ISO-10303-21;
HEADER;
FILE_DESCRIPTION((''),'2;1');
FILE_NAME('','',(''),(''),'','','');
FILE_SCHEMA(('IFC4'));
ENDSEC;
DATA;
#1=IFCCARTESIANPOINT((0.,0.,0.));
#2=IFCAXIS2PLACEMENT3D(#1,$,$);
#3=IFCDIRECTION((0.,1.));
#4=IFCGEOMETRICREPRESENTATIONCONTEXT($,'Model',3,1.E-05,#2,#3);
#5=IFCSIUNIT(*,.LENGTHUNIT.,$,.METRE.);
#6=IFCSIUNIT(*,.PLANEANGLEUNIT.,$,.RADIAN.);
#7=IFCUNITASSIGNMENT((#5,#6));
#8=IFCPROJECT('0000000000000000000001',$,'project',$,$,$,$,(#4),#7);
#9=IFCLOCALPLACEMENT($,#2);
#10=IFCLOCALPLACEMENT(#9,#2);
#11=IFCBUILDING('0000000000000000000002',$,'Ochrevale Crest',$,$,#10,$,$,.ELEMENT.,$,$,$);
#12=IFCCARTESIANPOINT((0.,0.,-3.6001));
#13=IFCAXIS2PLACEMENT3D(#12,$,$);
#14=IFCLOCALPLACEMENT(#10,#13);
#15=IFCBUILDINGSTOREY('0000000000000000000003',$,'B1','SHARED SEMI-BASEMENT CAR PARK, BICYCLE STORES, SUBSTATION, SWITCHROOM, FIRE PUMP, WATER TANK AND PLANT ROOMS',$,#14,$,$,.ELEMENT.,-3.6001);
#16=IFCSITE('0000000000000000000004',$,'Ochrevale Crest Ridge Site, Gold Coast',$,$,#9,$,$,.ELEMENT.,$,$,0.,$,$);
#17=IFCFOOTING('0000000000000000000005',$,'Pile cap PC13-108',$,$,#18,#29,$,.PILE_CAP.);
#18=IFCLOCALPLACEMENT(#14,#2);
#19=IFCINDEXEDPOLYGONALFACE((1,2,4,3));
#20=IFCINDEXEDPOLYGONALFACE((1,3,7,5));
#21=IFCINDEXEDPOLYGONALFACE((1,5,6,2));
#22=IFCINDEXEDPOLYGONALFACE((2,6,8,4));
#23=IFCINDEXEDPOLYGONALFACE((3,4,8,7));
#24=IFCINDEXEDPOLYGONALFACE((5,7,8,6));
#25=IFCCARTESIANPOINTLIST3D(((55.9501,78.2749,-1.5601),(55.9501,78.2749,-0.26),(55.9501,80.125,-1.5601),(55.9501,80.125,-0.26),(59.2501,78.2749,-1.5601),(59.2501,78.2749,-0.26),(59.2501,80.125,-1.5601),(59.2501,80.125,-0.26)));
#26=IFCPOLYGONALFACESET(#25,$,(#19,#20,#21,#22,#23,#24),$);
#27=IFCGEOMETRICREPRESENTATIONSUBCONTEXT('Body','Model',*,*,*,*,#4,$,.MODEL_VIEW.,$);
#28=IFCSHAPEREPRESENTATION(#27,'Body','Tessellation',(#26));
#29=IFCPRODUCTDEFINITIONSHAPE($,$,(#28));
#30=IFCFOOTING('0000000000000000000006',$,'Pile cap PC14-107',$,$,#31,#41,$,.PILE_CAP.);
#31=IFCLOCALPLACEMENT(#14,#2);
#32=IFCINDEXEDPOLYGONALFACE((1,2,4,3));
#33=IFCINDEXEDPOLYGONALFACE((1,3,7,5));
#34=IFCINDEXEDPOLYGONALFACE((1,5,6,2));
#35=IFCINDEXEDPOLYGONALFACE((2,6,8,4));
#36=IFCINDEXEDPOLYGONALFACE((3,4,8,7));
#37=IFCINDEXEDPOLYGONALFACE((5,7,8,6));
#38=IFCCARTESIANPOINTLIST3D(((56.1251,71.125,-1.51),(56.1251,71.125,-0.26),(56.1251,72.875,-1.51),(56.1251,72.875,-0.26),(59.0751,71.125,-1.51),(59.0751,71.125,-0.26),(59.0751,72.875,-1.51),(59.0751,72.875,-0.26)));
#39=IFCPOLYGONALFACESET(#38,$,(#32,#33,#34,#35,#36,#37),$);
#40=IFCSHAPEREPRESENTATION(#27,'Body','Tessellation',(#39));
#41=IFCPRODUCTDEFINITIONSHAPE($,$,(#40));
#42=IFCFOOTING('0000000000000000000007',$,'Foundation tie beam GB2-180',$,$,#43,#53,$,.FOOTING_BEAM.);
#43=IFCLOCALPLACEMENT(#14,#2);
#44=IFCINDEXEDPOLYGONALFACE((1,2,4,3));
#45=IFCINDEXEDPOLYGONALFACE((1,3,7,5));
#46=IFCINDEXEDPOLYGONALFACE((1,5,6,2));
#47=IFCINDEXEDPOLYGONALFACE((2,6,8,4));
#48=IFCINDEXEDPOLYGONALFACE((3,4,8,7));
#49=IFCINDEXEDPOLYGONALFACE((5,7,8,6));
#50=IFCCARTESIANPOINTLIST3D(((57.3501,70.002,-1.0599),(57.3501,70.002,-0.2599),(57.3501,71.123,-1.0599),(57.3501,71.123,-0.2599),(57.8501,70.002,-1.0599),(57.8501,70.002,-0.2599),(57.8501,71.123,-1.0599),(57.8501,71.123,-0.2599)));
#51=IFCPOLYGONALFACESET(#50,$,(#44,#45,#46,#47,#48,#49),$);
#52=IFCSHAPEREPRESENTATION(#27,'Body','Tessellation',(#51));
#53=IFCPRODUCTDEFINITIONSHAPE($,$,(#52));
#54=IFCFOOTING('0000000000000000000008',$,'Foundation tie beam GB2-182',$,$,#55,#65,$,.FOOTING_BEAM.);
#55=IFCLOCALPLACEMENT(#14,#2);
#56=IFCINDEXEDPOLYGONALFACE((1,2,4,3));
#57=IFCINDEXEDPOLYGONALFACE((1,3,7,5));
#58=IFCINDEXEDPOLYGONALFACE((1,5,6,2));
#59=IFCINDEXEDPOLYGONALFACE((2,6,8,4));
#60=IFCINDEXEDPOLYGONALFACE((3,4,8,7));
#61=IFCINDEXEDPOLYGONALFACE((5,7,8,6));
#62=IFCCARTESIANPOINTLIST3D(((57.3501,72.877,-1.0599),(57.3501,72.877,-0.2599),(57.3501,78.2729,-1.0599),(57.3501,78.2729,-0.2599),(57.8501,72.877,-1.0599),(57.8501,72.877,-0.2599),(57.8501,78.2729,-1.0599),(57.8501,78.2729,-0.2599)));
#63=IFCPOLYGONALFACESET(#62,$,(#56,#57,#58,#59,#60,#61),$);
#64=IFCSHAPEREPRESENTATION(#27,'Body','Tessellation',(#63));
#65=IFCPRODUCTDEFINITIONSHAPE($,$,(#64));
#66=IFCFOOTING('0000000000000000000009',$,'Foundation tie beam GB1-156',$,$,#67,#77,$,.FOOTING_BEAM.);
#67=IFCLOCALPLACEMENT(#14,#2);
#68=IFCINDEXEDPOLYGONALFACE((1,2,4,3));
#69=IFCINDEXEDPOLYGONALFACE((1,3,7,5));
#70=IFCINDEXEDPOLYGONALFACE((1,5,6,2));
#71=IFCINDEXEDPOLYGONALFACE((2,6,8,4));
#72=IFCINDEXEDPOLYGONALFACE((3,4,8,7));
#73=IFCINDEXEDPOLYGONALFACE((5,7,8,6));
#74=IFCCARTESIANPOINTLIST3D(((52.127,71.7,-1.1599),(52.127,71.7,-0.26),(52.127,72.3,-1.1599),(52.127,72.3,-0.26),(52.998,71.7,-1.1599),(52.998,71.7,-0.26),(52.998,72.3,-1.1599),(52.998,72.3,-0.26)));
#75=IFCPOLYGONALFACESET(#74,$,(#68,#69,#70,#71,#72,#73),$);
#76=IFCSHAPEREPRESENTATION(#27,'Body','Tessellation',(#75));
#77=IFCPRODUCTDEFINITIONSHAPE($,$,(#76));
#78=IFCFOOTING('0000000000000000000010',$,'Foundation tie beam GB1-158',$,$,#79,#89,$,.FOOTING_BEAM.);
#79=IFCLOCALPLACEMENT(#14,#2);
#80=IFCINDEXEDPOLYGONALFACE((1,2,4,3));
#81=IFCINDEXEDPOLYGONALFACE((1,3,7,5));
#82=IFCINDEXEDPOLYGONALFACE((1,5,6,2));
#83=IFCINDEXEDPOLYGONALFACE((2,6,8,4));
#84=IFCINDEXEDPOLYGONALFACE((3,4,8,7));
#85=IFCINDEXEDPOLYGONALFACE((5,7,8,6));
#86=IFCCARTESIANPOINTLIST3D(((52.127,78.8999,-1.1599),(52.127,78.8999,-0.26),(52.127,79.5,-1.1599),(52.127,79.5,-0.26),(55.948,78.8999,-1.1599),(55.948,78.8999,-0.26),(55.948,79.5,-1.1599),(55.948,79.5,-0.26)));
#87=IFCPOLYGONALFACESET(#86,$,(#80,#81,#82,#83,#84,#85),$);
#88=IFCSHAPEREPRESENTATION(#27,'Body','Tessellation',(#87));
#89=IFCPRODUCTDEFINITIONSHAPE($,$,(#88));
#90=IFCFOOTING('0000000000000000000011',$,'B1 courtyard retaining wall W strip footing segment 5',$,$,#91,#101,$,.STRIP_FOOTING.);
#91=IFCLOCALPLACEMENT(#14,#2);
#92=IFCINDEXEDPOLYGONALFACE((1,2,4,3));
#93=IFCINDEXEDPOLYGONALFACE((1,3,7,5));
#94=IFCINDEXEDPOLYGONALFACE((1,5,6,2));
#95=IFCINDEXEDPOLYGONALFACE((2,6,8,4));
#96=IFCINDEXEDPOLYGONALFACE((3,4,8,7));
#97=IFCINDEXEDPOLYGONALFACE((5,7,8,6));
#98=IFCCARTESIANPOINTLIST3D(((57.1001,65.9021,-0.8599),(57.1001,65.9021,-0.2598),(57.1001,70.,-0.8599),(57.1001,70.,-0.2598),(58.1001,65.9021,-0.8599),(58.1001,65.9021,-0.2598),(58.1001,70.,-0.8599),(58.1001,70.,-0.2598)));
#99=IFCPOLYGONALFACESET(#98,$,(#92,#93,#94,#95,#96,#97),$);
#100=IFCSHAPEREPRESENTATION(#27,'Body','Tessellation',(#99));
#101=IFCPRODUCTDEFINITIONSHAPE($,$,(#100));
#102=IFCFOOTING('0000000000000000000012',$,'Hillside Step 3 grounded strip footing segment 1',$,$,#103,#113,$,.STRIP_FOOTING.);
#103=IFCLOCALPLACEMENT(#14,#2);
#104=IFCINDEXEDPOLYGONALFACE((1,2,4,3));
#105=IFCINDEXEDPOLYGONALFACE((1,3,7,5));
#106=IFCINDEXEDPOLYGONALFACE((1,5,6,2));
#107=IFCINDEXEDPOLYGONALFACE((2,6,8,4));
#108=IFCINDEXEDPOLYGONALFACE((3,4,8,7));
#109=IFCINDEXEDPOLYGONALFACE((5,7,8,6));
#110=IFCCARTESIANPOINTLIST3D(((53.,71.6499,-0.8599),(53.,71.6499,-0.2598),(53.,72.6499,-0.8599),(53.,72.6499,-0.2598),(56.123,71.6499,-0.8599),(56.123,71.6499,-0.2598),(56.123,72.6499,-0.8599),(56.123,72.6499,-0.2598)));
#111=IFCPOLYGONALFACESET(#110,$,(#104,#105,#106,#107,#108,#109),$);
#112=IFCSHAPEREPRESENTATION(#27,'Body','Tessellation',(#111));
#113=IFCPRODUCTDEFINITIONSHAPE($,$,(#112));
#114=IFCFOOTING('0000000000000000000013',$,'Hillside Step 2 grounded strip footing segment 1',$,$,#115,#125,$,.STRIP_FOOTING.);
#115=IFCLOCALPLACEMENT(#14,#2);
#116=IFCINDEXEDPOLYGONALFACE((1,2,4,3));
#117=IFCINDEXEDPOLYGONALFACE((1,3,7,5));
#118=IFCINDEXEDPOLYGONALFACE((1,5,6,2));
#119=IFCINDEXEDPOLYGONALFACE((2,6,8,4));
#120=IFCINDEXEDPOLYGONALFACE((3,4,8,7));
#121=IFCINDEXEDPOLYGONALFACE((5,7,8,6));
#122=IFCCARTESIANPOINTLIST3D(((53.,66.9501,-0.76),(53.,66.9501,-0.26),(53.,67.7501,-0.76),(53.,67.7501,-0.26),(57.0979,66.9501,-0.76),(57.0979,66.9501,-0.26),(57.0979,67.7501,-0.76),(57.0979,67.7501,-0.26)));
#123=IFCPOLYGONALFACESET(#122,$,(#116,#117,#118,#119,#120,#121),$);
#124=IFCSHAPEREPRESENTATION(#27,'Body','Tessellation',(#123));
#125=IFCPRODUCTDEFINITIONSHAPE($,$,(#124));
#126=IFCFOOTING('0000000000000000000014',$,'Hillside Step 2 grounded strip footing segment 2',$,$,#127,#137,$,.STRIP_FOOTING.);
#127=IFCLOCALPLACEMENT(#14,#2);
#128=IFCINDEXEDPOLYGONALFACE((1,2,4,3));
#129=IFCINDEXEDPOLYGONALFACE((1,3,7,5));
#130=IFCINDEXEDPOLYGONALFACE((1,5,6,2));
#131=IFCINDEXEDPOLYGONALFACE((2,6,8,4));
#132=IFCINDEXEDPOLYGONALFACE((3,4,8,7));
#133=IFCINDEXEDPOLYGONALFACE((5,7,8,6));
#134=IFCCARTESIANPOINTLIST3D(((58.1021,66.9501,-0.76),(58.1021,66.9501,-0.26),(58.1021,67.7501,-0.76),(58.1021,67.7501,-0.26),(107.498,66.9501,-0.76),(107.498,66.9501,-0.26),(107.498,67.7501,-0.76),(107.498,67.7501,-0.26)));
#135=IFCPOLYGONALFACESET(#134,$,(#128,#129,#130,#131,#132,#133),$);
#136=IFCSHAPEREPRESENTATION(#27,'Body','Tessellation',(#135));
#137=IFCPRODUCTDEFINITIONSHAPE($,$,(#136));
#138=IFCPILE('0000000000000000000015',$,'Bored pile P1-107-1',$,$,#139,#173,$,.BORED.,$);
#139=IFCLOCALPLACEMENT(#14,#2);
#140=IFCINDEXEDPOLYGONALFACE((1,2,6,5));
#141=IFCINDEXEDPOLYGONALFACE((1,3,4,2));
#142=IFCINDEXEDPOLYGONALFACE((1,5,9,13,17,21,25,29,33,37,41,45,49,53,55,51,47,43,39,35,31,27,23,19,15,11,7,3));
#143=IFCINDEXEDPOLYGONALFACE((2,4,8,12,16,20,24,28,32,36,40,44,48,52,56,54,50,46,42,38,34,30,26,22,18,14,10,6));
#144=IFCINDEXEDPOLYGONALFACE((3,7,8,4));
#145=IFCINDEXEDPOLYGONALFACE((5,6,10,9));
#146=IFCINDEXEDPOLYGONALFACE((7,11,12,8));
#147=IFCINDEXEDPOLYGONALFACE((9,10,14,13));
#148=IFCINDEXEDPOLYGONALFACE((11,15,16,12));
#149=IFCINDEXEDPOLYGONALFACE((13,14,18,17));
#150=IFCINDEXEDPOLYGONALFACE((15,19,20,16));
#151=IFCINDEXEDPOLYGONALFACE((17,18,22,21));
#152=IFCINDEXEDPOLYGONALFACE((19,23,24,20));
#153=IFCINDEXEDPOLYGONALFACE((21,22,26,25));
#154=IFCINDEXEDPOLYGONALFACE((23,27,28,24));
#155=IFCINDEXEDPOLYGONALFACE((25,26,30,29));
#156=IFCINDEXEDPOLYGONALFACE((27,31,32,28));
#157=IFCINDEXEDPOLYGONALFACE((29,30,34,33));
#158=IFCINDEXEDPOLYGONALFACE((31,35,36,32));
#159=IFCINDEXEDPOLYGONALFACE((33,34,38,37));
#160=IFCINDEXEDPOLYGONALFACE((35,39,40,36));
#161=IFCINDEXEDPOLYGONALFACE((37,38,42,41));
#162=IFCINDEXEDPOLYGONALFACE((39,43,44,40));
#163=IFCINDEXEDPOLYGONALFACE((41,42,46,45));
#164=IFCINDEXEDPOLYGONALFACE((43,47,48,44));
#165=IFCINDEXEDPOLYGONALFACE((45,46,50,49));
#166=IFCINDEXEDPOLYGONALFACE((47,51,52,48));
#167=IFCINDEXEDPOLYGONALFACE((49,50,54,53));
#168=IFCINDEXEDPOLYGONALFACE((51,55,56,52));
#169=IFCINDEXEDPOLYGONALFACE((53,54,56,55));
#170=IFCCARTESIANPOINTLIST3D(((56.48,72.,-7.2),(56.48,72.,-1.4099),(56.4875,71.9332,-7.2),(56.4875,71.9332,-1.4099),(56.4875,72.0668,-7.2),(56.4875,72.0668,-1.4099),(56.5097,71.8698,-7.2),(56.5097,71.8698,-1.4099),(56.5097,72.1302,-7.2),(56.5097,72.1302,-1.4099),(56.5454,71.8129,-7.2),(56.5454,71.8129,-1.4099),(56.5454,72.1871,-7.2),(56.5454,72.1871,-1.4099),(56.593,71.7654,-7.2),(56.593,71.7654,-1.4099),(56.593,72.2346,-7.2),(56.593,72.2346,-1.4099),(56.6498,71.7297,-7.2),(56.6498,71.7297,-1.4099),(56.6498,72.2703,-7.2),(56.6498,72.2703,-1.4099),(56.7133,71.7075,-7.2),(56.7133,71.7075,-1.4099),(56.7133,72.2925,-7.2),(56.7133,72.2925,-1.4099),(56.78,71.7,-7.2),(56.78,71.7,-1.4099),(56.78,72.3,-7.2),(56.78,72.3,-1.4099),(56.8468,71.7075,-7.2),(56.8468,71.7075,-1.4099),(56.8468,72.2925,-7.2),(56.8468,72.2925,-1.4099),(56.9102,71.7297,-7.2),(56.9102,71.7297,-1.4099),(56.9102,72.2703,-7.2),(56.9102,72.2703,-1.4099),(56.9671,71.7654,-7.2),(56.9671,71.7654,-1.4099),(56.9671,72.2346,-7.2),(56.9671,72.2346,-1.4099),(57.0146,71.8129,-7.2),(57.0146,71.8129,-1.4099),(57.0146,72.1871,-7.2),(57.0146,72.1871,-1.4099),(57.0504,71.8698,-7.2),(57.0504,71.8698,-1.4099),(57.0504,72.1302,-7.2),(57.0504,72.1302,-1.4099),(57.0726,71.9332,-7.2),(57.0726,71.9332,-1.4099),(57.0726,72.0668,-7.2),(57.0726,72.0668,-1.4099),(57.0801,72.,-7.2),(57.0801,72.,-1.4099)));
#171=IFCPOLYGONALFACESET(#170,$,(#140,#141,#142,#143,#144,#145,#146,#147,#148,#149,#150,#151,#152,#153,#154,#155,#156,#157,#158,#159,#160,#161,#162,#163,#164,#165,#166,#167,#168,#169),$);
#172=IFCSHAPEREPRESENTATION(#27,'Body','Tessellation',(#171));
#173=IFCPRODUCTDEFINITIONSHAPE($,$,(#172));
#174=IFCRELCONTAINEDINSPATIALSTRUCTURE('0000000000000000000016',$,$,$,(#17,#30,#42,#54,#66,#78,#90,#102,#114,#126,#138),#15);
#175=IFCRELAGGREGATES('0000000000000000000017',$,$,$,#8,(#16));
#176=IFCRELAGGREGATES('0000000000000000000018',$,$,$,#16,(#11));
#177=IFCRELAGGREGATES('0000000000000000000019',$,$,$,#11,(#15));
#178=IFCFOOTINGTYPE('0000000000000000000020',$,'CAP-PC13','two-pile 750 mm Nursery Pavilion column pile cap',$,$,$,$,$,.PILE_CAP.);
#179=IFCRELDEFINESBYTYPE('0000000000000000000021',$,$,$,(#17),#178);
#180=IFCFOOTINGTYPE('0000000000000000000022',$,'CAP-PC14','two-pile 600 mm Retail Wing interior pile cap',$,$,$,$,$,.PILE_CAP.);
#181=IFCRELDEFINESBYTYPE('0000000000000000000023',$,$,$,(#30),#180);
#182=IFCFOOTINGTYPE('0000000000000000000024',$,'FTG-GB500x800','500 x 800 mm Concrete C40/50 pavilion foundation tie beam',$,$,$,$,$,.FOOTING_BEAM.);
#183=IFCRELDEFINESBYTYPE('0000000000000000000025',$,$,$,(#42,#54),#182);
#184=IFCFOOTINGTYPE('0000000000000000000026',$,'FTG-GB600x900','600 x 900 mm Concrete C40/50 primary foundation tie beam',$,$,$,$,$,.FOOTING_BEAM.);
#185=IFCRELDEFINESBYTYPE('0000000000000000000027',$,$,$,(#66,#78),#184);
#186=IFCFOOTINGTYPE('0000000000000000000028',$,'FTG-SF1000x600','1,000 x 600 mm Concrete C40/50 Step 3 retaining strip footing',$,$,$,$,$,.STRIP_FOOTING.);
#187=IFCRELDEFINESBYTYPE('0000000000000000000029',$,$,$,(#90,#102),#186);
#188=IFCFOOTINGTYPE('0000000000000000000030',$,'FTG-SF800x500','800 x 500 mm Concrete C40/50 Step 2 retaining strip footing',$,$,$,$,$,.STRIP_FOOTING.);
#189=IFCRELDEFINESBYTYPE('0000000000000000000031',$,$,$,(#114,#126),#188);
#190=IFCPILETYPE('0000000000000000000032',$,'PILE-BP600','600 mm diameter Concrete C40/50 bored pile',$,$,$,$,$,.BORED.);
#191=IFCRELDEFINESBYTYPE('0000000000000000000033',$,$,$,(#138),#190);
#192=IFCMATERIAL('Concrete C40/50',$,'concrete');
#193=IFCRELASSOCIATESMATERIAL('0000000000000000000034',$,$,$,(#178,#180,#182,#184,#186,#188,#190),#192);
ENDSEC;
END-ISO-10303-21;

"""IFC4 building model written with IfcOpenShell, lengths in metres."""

from ifc_helpers import new_model, si_unit, direction, frame, origin, origin_2d, place, context, subcontext, project, spatial, rectangle, circle, extrude, material, material_profile, profile_set, type_object, element, save


model = new_model("IFC4")

# Units and contexts
model_context = context("Model", 3, precision=1e-05, world=origin(), true_north=direction((0.0, 1.0)))
body_context = subcontext(model_context, "Body", "Model", "MODEL_VIEW")
ifc_project = project(units=[si_unit("LENGTHUNIT", "METRE"), si_unit("PLANEANGLEUNIT", "RADIAN")], contexts=[model_context])

# Site, building, storey
site_placement = place(None, origin())
site = spatial("IfcSite", under=ifc_project, at=site_placement, Name="Ochrevale Crest Ridge Site, Gold Coast", CompositionType="ELEMENT", RefElevation=0.0)
building_placement = place(site_placement, origin())
building = spatial("IfcBuilding", under=site, at=building_placement, Name="Ochrevale Crest", CompositionType="ELEMENT")
storey_placement = place(building_placement, frame((0.0, 0.0, -3.6001)))
storey = spatial("IfcBuildingStorey", under=building, at=storey_placement, Name="B1", Description="SHARED SEMI-BASEMENT CAR PARK, BICYCLE STORES, SUBSTATION, SWITCHROOM, FIRE PUMP, WATER TANK AND PLANT ROOMS", CompositionType="ELEMENT", Elevation=-3.6001)

# Footings
ifc_material_1 = material(Name="Concrete C40/50", Category="concrete")
footing_type_1 = type_object("IfcFootingType", Name="CAP-PC13", Description="two-pile 750 mm Nursery Pavilion column pile cap", PredefinedType="PILE_CAP", material=ifc_material_1)
footing_1_placement = place(storey_placement, frame((57.6001, 79.2, -1.5601), z_axis=(0.0, 0.0, 1.0), x_axis=(1.0, 0.0, 0.0)))
element("IfcFooting", 1, at=footing_1_placement, inside=storey, type_object=footing_type_1, Name="Pile cap PC13-108", PredefinedType="PILE_CAP", context=body_context, shape_type="SweptSolid", body=[
    extrude(rectangle(XDim=3.3, YDim=1.8501, at=origin_2d()), origin(), (0.0, 0.0, 1.0), 1.3),
])
footing_type_2 = type_object("IfcFootingType", Name="CAP-PC14", Description="two-pile 600 mm Retail Wing interior pile cap", PredefinedType="PILE_CAP", material=ifc_material_1)
footing_2_placement = place(storey_placement, frame((57.6001, 72.0, -1.51), z_axis=(0.0, 0.0, 1.0), x_axis=(1.0, 0.0, 0.0)))
element("IfcFooting", 2, at=footing_2_placement, inside=storey, type_object=footing_type_2, Name="Pile cap PC14-107", PredefinedType="PILE_CAP", context=body_context, shape_type="SweptSolid", body=[
    extrude(rectangle(XDim=2.95, YDim=1.75, at=origin_2d()), origin(), (0.0, 0.0, 1.0), 1.25),
])
ifc_material_profile_1 = material_profile(ifc_material_1, rectangle(XDim=0.5, YDim=0.8, at=origin_2d()), Name="GB 500x800")
ifc_profile_set_1 = profile_set([ifc_material_profile_1], Name="Concrete C40/50")
footing_type_3 = type_object("IfcFootingType", Name="FTG-GB500x800", Description="500 x 800 mm Concrete C40/50 pavilion foundation tie beam", PredefinedType="FOOTING_BEAM", material=ifc_profile_set_1)
footing_3_placement = place(storey_placement, frame((57.6001, 70.002, -0.6599), z_axis=(0.0, 1.0, 0.0), x_axis=(-1.0, 0.0, 0.0)))
element("IfcFooting", 3, at=footing_3_placement, inside=storey, type_object=footing_type_3, Name="Foundation tie beam GB2-180", PredefinedType="FOOTING_BEAM", context=body_context, shape_type="SweptSolid", body=[
    extrude(rectangle(XDim=0.5, YDim=0.8, at=origin_2d()), origin(), (0.0, 0.0, 1.0), 1.1211),
])
footing_4_placement = place(storey_placement, frame((57.6001, 72.877, -0.6599), z_axis=(0.0, 1.0, 0.0), x_axis=(-1.0, 0.0, 0.0)))
element("IfcFooting", 4, at=footing_4_placement, inside=storey, type_object=footing_type_3, Name="Foundation tie beam GB2-182", PredefinedType="FOOTING_BEAM", context=body_context, shape_type="SweptSolid", body=[
    extrude(rectangle(XDim=0.5, YDim=0.8, at=origin_2d()), origin(), (0.0, 0.0, 1.0), 5.396),
])
ifc_material_profile_2 = material_profile(ifc_material_1, rectangle(XDim=0.6001, YDim=0.8999, at=origin_2d()), Name="GB 600x900")
ifc_profile_set_2 = profile_set([ifc_material_profile_2], Name="Concrete C40/50")
footing_type_4 = type_object("IfcFootingType", Name="FTG-GB600x900", Description="600 x 900 mm Concrete C40/50 primary foundation tie beam", PredefinedType="FOOTING_BEAM", material=ifc_profile_set_2)
footing_5_placement = place(storey_placement, frame((52.127, 72.0, -0.71), z_axis=(1.0, 0.0, 0.0), x_axis=(0.0, 1.0, 0.0)))
element("IfcFooting", 5, at=footing_5_placement, inside=storey, type_object=footing_type_4, Name="Foundation tie beam GB1-156", PredefinedType="FOOTING_BEAM", context=body_context, shape_type="SweptSolid", body=[
    extrude(rectangle(XDim=0.6001, YDim=0.8999, at=origin_2d()), origin(), (0.0, 0.0, 1.0), 0.8711),
])
footing_6_placement = place(storey_placement, frame((52.127, 79.2, -0.71), z_axis=(1.0, 0.0, 0.0), x_axis=(0.0, 1.0, 0.0)))
element("IfcFooting", 6, at=footing_6_placement, inside=storey, type_object=footing_type_4, Name="Foundation tie beam GB1-158", PredefinedType="FOOTING_BEAM", context=body_context, shape_type="SweptSolid", body=[
    extrude(rectangle(XDim=0.6001, YDim=0.8999, at=origin_2d()), origin(), (0.0, 0.0, 1.0), 3.821),
])
ifc_material_profile_3 = material_profile(ifc_material_1, rectangle(XDim=1.0, YDim=0.6001, at=origin_2d()), Name="SF 1000x600")
ifc_profile_set_3 = profile_set([ifc_material_profile_3], Name="Concrete C40/50")
footing_type_5 = type_object("IfcFootingType", Name="FTG-SF1000x600", Description="1,000 x 600 mm Concrete C40/50 Step 3 retaining strip footing", PredefinedType="STRIP_FOOTING", material=ifc_profile_set_3)
footing_7_placement = place(storey_placement, frame((57.6001, 65.9021, -0.5598), z_axis=(0.0, 1.0, 0.0), x_axis=(-1.0, 0.0, 0.0)))
element("IfcFooting", 7, at=footing_7_placement, inside=storey, type_object=footing_type_5, Name="B1 courtyard retaining wall W strip footing segment 5", PredefinedType="STRIP_FOOTING", context=body_context, shape_type="SweptSolid", body=[
    extrude(rectangle(XDim=1.0, YDim=0.6001, at=origin_2d()), origin(), (0.0, 0.0, 1.0), 4.0979),
])
footing_8_placement = place(storey_placement, frame((53.0, 72.1499, -0.5598), z_axis=(1.0, 0.0, 0.0), x_axis=(0.0, 1.0, 0.0)))
element("IfcFooting", 8, at=footing_8_placement, inside=storey, type_object=footing_type_5, Name="Hillside Step 3 grounded strip footing segment 1", PredefinedType="STRIP_FOOTING", context=body_context, shape_type="SweptSolid", body=[
    extrude(rectangle(XDim=1.0, YDim=0.6001, at=origin_2d()), origin(), (0.0, 0.0, 1.0), 3.123),
])
ifc_material_profile_4 = material_profile(ifc_material_1, rectangle(XDim=0.8, YDim=0.5, at=origin_2d()), Name="SF 800x500")
ifc_profile_set_4 = profile_set([ifc_material_profile_4], Name="Concrete C40/50")
footing_type_6 = type_object("IfcFootingType", Name="FTG-SF800x500", Description="800 x 500 mm Concrete C40/50 Step 2 retaining strip footing", PredefinedType="STRIP_FOOTING", material=ifc_profile_set_4)
footing_9_placement = place(storey_placement, frame((53.0, 67.3501, -0.51), z_axis=(1.0, 0.0, 0.0), x_axis=(0.0, 1.0, 0.0)))
element("IfcFooting", 9, at=footing_9_placement, inside=storey, type_object=footing_type_6, Name="Hillside Step 2 grounded strip footing segment 1", PredefinedType="STRIP_FOOTING", context=body_context, shape_type="SweptSolid", body=[
    extrude(rectangle(XDim=0.8, YDim=0.5, at=origin_2d()), origin(), (0.0, 0.0, 1.0), 4.0979),
])
footing_10_placement = place(storey_placement, frame((58.1021, 67.3501, -0.51), z_axis=(1.0, 0.0, 0.0), x_axis=(0.0, 1.0, 0.0)))
element("IfcFooting", 10, at=footing_10_placement, inside=storey, type_object=footing_type_6, Name="Hillside Step 2 grounded strip footing segment 2", PredefinedType="STRIP_FOOTING", context=body_context, shape_type="SweptSolid", body=[
    extrude(rectangle(XDim=0.8, YDim=0.5, at=origin_2d()), origin(), (0.0, 0.0, 1.0), 49.396),
])

# Pile
ifc_material_profile_5 = material_profile(ifc_material_1, circle(Radius=0.3, at=origin_2d()), Name="BORED PILE 600")
ifc_profile_set_5 = profile_set([ifc_material_profile_5], Name="Concrete C40/50")
pile_type_1 = type_object("IfcPileType", Name="PILE-BP600", Description="600 mm diameter Concrete C40/50 bored pile", PredefinedType="BORED", material=ifc_profile_set_5)
pile_1_placement = place(storey_placement, frame((56.78, 72.0, -1.4099), z_axis=(0.0, 0.0, -1.0), x_axis=(1.0, 0.0, 0.0)))
element("IfcPile", 11, at=pile_1_placement, inside=storey, type_object=pile_type_1, Name="Bored pile P1-107-1", PredefinedType="BORED", context=body_context, shape_type="SweptSolid", body=[
    extrude(circle(Radius=0.3, at=origin_2d()), origin(), (0.0, 0.0, 1.0), 5.79),
])

save(model, "model.ifc")
